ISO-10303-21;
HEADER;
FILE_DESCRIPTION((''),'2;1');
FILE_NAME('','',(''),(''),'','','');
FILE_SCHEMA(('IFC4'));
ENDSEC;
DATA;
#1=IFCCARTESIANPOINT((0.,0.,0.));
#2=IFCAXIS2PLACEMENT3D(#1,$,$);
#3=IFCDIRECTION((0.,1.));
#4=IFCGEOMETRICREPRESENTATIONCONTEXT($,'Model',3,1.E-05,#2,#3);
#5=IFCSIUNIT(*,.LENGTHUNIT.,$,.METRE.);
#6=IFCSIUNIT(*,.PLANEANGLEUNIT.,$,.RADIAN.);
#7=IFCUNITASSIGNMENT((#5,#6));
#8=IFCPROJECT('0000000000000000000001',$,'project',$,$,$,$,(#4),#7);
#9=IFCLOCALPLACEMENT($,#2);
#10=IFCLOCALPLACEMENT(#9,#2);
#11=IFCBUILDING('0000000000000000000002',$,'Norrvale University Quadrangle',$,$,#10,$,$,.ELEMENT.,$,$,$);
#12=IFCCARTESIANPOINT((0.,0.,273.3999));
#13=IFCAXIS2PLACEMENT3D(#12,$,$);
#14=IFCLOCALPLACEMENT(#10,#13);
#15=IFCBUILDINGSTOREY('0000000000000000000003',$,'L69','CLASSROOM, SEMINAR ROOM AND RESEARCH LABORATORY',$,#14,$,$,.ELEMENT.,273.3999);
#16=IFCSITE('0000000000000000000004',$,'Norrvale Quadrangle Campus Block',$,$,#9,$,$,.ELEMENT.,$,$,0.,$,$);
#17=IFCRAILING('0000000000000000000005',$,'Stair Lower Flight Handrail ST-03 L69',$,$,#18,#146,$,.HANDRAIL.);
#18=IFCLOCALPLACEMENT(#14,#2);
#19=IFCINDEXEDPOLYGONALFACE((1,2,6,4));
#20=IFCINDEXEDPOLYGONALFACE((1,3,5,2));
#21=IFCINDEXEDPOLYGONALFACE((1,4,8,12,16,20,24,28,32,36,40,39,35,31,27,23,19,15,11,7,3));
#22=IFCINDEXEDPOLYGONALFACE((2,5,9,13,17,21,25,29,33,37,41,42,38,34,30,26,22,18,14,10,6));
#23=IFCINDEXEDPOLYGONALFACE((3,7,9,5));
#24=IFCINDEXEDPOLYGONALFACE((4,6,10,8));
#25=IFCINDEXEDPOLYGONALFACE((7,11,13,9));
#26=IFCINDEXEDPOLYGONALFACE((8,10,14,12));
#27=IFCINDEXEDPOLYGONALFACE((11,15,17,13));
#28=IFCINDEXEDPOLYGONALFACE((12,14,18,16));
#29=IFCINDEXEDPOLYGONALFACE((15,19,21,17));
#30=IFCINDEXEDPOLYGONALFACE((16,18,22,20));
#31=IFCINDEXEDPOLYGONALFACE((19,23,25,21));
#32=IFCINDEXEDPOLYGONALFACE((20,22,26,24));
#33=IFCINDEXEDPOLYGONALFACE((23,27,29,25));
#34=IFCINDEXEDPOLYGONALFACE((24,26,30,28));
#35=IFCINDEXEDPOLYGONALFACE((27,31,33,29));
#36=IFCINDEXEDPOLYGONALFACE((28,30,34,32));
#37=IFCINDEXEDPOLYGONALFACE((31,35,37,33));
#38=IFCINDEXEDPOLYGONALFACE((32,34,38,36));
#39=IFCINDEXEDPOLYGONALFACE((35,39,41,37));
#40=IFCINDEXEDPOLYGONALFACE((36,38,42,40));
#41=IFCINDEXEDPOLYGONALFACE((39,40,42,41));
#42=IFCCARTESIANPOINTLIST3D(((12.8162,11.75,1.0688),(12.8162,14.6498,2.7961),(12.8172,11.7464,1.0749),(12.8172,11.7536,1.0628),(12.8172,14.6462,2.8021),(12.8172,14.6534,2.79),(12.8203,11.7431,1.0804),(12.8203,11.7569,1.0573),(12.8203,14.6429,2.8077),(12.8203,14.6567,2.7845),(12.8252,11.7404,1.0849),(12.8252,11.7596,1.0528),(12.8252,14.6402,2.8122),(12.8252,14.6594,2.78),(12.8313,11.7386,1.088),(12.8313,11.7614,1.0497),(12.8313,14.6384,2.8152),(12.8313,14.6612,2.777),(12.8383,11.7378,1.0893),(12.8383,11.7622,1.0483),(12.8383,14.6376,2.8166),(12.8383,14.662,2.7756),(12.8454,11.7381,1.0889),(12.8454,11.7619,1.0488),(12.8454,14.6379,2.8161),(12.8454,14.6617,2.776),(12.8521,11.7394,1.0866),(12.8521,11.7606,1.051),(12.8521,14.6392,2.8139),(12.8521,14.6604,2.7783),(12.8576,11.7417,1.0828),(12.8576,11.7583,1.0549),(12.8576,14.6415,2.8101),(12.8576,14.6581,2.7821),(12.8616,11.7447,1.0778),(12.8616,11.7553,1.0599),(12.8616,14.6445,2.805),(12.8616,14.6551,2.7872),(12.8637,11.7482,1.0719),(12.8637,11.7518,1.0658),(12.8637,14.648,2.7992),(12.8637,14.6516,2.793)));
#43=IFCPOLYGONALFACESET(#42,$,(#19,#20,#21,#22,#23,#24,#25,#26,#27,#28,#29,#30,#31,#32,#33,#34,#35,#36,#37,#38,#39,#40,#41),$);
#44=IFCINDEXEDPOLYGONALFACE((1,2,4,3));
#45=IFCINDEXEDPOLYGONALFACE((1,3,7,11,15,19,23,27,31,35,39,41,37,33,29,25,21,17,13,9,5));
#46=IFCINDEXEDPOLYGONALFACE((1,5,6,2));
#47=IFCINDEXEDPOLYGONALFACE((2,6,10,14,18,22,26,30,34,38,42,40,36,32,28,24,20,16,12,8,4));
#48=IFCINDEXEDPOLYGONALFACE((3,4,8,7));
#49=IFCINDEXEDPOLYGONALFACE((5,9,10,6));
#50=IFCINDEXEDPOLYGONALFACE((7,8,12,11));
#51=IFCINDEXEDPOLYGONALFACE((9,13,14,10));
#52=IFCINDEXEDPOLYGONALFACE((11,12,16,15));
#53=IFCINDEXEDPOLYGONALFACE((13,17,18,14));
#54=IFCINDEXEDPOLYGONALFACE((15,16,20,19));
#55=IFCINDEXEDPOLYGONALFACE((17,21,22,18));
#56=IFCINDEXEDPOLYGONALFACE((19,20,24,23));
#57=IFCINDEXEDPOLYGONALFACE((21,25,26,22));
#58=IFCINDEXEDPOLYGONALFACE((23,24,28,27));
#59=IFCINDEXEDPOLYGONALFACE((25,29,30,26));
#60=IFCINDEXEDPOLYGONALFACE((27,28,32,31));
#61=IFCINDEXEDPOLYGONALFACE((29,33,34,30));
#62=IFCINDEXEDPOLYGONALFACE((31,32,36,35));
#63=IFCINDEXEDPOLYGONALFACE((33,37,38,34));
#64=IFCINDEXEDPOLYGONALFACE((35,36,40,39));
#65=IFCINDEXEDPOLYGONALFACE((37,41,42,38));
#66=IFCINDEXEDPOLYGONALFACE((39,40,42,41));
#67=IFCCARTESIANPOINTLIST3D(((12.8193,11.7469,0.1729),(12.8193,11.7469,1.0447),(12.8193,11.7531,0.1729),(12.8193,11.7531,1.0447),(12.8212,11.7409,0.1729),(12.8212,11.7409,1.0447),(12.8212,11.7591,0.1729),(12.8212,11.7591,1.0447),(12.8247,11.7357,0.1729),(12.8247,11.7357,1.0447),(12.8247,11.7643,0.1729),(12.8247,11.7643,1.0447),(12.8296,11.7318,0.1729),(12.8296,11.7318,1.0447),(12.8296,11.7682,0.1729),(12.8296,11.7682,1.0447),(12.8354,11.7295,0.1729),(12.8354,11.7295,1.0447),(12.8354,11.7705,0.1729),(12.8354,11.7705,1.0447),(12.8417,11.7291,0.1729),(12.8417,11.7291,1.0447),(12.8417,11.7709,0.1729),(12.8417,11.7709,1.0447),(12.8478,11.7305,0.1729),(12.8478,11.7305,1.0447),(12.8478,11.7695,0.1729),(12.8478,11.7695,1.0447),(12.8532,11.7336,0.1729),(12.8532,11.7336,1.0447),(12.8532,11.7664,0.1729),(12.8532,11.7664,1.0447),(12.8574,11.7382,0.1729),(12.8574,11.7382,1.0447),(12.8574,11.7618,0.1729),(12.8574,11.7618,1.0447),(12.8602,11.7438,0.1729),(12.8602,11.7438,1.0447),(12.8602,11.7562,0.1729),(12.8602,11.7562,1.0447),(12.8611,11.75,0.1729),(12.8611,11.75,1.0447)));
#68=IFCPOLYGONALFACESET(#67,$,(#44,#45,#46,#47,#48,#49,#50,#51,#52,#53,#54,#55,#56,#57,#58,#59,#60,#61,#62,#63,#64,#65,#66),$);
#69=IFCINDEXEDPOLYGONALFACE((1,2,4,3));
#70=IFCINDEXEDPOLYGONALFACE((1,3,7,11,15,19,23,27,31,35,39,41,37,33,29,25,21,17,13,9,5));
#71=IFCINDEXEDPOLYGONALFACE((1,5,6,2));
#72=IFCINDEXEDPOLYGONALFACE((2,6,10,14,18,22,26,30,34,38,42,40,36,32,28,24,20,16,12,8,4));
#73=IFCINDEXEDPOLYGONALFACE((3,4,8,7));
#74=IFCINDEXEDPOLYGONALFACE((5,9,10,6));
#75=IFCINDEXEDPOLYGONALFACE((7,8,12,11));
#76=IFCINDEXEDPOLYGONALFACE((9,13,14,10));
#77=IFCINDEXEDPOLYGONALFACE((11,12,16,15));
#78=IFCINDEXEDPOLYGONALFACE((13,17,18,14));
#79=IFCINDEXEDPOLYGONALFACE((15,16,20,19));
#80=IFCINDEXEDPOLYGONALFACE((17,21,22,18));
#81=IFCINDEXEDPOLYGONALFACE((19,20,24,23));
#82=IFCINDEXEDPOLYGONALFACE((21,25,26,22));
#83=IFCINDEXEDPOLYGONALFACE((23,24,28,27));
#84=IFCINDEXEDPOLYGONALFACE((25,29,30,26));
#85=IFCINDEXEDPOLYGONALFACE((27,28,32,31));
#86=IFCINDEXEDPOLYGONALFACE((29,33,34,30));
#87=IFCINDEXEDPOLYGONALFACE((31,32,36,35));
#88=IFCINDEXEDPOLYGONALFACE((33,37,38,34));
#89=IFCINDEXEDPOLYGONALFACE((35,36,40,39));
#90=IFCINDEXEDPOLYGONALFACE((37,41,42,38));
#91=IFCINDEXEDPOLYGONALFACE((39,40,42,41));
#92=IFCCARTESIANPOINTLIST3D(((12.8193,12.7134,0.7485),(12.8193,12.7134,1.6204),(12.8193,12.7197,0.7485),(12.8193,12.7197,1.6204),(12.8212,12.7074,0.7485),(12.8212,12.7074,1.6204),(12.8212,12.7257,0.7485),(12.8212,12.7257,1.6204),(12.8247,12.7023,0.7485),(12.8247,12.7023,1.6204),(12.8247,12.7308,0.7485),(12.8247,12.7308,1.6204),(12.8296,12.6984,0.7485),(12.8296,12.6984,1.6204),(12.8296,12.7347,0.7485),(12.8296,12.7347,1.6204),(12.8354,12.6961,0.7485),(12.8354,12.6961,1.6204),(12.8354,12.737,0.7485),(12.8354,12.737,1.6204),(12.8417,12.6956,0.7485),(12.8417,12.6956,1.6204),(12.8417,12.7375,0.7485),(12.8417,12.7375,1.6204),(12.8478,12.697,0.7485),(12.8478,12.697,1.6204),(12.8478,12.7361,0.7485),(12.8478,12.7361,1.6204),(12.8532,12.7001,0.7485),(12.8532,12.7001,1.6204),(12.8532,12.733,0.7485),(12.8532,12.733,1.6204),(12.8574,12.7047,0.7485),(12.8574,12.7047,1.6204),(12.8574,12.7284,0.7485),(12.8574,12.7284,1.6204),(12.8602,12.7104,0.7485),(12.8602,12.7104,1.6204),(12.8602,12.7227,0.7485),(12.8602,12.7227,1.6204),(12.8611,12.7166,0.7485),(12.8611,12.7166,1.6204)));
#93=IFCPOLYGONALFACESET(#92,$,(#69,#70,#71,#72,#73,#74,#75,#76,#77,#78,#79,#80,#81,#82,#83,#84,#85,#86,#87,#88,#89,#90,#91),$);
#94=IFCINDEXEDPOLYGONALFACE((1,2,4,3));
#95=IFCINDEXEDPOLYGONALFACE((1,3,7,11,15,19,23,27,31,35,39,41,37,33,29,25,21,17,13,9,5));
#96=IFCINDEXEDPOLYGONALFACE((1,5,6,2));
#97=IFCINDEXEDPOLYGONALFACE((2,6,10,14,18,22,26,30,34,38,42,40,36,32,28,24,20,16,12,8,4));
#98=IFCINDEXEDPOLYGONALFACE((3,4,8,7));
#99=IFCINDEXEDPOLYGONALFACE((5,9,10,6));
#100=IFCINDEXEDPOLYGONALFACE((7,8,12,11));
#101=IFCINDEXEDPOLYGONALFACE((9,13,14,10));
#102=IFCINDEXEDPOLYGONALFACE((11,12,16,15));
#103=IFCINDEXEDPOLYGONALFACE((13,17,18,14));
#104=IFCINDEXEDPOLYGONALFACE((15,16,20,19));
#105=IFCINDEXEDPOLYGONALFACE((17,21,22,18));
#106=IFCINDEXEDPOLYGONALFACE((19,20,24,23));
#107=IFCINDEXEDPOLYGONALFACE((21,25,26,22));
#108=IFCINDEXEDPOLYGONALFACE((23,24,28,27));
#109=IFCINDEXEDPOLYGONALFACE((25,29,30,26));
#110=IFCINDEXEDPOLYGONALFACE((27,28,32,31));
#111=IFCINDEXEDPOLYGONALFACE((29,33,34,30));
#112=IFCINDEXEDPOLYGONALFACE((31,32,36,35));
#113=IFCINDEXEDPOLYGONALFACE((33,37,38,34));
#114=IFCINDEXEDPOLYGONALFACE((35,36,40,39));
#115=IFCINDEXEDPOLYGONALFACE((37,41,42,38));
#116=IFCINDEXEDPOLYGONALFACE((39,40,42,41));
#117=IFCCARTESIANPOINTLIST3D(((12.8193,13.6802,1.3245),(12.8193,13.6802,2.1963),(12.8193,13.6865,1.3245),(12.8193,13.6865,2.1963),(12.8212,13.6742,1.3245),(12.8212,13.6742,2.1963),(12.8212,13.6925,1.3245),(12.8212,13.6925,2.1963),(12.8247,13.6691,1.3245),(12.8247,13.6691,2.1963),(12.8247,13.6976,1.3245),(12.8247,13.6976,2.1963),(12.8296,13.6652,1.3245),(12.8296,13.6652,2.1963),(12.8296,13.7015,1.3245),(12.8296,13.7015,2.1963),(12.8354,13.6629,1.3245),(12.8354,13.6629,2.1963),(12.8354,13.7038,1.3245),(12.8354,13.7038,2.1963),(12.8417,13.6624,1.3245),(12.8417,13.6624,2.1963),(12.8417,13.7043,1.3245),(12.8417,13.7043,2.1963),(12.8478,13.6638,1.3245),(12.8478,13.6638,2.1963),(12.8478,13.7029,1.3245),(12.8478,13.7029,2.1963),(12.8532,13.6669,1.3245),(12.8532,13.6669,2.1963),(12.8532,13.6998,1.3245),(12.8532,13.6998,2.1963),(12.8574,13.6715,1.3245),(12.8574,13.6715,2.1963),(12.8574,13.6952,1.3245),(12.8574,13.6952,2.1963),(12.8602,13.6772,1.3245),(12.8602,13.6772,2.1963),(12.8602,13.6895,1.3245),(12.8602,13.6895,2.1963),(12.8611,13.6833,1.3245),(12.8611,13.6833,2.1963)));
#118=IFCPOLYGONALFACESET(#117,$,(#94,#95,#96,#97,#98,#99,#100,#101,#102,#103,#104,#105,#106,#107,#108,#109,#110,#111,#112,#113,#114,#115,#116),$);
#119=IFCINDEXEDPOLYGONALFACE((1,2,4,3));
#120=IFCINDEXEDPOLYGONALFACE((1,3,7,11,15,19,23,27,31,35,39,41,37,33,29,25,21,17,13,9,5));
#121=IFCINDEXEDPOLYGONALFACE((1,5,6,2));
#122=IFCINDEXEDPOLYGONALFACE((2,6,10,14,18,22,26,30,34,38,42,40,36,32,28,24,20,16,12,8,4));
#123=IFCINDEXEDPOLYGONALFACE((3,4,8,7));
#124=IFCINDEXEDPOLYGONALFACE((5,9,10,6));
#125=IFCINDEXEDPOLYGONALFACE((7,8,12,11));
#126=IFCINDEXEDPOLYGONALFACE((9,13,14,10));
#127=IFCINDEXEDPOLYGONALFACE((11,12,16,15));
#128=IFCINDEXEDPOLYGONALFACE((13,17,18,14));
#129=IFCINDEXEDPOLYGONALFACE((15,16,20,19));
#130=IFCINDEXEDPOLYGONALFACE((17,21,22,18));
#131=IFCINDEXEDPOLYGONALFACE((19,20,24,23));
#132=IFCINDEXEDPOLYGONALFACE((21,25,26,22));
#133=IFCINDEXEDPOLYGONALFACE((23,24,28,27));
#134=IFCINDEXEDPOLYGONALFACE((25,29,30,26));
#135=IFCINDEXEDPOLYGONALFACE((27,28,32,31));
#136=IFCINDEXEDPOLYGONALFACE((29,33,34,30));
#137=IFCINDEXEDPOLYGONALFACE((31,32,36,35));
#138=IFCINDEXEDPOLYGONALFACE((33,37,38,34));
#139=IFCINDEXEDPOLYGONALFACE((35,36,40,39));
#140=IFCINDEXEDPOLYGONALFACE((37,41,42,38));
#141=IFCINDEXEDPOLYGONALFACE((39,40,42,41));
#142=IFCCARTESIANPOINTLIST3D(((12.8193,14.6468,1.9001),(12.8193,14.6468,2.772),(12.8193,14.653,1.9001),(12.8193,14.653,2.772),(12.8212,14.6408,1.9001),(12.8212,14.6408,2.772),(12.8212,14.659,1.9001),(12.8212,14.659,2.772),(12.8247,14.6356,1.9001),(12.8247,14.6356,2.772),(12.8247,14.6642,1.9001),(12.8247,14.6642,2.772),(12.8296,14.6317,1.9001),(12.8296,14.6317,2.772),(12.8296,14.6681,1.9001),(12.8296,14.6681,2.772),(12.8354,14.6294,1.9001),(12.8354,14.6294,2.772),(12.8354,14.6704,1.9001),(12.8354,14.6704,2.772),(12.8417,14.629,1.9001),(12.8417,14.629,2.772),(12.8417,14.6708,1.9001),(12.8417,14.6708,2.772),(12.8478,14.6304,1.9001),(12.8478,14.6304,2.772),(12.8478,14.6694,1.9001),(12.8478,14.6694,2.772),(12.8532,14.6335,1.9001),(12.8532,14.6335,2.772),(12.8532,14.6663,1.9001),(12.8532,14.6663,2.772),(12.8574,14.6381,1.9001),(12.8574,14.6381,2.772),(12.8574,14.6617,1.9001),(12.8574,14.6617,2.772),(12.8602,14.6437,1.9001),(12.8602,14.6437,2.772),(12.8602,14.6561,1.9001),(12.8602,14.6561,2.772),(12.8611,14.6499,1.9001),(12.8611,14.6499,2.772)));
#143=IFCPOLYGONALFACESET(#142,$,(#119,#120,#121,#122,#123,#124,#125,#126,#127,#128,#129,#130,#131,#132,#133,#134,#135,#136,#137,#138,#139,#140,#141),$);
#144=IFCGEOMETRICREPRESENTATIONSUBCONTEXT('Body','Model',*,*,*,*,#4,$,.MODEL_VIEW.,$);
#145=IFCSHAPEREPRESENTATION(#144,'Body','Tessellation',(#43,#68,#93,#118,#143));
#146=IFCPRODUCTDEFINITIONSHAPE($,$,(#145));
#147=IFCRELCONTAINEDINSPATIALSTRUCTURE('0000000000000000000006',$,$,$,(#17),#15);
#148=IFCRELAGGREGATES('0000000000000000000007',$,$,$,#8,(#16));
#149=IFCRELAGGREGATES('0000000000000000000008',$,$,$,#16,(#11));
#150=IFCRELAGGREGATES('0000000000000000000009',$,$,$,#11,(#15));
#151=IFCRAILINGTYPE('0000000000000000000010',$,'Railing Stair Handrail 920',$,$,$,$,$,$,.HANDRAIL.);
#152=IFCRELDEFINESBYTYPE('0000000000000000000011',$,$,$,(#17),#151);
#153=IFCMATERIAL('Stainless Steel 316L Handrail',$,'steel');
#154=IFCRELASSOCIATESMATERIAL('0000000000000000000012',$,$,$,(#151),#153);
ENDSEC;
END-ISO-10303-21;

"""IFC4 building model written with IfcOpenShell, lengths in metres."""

from ifc_helpers import new_model, si_unit, direction, frame, origin, origin_2d, place, context, subcontext, project, spatial, circle, extrude, material, type_object, element, save


model = new_model("IFC4")

# Units and contexts
model_context = context("Model", 3, precision=1e-05, world=origin(), true_north=direction((0.0, 1.0)))
body_context = subcontext(model_context, "Body", "Model", "MODEL_VIEW")
ifc_project = project(units=[si_unit("LENGTHUNIT", "METRE"), si_unit("PLANEANGLEUNIT", "RADIAN")], contexts=[model_context])

# Site, building, storey
site_placement = place(None, origin())
site = spatial("IfcSite", under=ifc_project, at=site_placement, Name="Norrvale Quadrangle Campus Block", CompositionType="ELEMENT", RefElevation=0.0)
building_placement = place(site_placement, origin())
building = spatial("IfcBuilding", under=site, at=building_placement, Name="Norrvale University Quadrangle", CompositionType="ELEMENT")
storey_placement = place(building_placement, frame((0.0, 0.0, 273.3999)))
storey = spatial("IfcBuildingStorey", under=building, at=storey_placement, Name="L69", Description="CLASSROOM, SEMINAR ROOM AND RESEARCH LABORATORY", CompositionType="ELEMENT", Elevation=273.3999)

# Railing
ifc_material_1 = material(Name="Stainless Steel 316L Handrail", Category="steel")
railing_type_1 = type_object("IfcRailingType", Name="Railing Stair Handrail 920", PredefinedType="HANDRAIL", material=ifc_material_1)
railing_1_placement = place(storey_placement, frame((12.8401, 11.75, 0.1729)))
element("IfcRailing", 1, at=railing_1_placement, inside=storey, type_object=railing_type_1, Name="Stair Lower Flight Handrail ST-03 L69", PredefinedType="HANDRAIL", context=body_context, shape_type="SweptSolid", body=[
    extrude(circle(Radius=0.0239, at=origin_2d()), frame((0.0, 0.0, 0.896), z_axis=(0.0, 0.859141, 0.511738), x_axis=(-1.0, 0.0, 0.0)), (0.0, 0.0, 1.0), 3.3752),
    extrude(circle(Radius=0.021, at=origin_2d()), origin(), (0.0, 0.0, 1.0), 0.8718),
    extrude(circle(Radius=0.021, at=origin_2d()), frame((0.0, 0.9666, 0.5757)), (0.0, 0.0, 1.0), 0.8718),
    extrude(circle(Radius=0.021, at=origin_2d()), frame((0.0, 1.9333, 1.1516)), (0.0, 0.0, 1.0), 0.8718),
    extrude(circle(Radius=0.021, at=origin_2d()), frame((0.0, 2.8999, 1.7273)), (0.0, 0.0, 1.0), 0.8718),
])

save(model, "model.ifc")
